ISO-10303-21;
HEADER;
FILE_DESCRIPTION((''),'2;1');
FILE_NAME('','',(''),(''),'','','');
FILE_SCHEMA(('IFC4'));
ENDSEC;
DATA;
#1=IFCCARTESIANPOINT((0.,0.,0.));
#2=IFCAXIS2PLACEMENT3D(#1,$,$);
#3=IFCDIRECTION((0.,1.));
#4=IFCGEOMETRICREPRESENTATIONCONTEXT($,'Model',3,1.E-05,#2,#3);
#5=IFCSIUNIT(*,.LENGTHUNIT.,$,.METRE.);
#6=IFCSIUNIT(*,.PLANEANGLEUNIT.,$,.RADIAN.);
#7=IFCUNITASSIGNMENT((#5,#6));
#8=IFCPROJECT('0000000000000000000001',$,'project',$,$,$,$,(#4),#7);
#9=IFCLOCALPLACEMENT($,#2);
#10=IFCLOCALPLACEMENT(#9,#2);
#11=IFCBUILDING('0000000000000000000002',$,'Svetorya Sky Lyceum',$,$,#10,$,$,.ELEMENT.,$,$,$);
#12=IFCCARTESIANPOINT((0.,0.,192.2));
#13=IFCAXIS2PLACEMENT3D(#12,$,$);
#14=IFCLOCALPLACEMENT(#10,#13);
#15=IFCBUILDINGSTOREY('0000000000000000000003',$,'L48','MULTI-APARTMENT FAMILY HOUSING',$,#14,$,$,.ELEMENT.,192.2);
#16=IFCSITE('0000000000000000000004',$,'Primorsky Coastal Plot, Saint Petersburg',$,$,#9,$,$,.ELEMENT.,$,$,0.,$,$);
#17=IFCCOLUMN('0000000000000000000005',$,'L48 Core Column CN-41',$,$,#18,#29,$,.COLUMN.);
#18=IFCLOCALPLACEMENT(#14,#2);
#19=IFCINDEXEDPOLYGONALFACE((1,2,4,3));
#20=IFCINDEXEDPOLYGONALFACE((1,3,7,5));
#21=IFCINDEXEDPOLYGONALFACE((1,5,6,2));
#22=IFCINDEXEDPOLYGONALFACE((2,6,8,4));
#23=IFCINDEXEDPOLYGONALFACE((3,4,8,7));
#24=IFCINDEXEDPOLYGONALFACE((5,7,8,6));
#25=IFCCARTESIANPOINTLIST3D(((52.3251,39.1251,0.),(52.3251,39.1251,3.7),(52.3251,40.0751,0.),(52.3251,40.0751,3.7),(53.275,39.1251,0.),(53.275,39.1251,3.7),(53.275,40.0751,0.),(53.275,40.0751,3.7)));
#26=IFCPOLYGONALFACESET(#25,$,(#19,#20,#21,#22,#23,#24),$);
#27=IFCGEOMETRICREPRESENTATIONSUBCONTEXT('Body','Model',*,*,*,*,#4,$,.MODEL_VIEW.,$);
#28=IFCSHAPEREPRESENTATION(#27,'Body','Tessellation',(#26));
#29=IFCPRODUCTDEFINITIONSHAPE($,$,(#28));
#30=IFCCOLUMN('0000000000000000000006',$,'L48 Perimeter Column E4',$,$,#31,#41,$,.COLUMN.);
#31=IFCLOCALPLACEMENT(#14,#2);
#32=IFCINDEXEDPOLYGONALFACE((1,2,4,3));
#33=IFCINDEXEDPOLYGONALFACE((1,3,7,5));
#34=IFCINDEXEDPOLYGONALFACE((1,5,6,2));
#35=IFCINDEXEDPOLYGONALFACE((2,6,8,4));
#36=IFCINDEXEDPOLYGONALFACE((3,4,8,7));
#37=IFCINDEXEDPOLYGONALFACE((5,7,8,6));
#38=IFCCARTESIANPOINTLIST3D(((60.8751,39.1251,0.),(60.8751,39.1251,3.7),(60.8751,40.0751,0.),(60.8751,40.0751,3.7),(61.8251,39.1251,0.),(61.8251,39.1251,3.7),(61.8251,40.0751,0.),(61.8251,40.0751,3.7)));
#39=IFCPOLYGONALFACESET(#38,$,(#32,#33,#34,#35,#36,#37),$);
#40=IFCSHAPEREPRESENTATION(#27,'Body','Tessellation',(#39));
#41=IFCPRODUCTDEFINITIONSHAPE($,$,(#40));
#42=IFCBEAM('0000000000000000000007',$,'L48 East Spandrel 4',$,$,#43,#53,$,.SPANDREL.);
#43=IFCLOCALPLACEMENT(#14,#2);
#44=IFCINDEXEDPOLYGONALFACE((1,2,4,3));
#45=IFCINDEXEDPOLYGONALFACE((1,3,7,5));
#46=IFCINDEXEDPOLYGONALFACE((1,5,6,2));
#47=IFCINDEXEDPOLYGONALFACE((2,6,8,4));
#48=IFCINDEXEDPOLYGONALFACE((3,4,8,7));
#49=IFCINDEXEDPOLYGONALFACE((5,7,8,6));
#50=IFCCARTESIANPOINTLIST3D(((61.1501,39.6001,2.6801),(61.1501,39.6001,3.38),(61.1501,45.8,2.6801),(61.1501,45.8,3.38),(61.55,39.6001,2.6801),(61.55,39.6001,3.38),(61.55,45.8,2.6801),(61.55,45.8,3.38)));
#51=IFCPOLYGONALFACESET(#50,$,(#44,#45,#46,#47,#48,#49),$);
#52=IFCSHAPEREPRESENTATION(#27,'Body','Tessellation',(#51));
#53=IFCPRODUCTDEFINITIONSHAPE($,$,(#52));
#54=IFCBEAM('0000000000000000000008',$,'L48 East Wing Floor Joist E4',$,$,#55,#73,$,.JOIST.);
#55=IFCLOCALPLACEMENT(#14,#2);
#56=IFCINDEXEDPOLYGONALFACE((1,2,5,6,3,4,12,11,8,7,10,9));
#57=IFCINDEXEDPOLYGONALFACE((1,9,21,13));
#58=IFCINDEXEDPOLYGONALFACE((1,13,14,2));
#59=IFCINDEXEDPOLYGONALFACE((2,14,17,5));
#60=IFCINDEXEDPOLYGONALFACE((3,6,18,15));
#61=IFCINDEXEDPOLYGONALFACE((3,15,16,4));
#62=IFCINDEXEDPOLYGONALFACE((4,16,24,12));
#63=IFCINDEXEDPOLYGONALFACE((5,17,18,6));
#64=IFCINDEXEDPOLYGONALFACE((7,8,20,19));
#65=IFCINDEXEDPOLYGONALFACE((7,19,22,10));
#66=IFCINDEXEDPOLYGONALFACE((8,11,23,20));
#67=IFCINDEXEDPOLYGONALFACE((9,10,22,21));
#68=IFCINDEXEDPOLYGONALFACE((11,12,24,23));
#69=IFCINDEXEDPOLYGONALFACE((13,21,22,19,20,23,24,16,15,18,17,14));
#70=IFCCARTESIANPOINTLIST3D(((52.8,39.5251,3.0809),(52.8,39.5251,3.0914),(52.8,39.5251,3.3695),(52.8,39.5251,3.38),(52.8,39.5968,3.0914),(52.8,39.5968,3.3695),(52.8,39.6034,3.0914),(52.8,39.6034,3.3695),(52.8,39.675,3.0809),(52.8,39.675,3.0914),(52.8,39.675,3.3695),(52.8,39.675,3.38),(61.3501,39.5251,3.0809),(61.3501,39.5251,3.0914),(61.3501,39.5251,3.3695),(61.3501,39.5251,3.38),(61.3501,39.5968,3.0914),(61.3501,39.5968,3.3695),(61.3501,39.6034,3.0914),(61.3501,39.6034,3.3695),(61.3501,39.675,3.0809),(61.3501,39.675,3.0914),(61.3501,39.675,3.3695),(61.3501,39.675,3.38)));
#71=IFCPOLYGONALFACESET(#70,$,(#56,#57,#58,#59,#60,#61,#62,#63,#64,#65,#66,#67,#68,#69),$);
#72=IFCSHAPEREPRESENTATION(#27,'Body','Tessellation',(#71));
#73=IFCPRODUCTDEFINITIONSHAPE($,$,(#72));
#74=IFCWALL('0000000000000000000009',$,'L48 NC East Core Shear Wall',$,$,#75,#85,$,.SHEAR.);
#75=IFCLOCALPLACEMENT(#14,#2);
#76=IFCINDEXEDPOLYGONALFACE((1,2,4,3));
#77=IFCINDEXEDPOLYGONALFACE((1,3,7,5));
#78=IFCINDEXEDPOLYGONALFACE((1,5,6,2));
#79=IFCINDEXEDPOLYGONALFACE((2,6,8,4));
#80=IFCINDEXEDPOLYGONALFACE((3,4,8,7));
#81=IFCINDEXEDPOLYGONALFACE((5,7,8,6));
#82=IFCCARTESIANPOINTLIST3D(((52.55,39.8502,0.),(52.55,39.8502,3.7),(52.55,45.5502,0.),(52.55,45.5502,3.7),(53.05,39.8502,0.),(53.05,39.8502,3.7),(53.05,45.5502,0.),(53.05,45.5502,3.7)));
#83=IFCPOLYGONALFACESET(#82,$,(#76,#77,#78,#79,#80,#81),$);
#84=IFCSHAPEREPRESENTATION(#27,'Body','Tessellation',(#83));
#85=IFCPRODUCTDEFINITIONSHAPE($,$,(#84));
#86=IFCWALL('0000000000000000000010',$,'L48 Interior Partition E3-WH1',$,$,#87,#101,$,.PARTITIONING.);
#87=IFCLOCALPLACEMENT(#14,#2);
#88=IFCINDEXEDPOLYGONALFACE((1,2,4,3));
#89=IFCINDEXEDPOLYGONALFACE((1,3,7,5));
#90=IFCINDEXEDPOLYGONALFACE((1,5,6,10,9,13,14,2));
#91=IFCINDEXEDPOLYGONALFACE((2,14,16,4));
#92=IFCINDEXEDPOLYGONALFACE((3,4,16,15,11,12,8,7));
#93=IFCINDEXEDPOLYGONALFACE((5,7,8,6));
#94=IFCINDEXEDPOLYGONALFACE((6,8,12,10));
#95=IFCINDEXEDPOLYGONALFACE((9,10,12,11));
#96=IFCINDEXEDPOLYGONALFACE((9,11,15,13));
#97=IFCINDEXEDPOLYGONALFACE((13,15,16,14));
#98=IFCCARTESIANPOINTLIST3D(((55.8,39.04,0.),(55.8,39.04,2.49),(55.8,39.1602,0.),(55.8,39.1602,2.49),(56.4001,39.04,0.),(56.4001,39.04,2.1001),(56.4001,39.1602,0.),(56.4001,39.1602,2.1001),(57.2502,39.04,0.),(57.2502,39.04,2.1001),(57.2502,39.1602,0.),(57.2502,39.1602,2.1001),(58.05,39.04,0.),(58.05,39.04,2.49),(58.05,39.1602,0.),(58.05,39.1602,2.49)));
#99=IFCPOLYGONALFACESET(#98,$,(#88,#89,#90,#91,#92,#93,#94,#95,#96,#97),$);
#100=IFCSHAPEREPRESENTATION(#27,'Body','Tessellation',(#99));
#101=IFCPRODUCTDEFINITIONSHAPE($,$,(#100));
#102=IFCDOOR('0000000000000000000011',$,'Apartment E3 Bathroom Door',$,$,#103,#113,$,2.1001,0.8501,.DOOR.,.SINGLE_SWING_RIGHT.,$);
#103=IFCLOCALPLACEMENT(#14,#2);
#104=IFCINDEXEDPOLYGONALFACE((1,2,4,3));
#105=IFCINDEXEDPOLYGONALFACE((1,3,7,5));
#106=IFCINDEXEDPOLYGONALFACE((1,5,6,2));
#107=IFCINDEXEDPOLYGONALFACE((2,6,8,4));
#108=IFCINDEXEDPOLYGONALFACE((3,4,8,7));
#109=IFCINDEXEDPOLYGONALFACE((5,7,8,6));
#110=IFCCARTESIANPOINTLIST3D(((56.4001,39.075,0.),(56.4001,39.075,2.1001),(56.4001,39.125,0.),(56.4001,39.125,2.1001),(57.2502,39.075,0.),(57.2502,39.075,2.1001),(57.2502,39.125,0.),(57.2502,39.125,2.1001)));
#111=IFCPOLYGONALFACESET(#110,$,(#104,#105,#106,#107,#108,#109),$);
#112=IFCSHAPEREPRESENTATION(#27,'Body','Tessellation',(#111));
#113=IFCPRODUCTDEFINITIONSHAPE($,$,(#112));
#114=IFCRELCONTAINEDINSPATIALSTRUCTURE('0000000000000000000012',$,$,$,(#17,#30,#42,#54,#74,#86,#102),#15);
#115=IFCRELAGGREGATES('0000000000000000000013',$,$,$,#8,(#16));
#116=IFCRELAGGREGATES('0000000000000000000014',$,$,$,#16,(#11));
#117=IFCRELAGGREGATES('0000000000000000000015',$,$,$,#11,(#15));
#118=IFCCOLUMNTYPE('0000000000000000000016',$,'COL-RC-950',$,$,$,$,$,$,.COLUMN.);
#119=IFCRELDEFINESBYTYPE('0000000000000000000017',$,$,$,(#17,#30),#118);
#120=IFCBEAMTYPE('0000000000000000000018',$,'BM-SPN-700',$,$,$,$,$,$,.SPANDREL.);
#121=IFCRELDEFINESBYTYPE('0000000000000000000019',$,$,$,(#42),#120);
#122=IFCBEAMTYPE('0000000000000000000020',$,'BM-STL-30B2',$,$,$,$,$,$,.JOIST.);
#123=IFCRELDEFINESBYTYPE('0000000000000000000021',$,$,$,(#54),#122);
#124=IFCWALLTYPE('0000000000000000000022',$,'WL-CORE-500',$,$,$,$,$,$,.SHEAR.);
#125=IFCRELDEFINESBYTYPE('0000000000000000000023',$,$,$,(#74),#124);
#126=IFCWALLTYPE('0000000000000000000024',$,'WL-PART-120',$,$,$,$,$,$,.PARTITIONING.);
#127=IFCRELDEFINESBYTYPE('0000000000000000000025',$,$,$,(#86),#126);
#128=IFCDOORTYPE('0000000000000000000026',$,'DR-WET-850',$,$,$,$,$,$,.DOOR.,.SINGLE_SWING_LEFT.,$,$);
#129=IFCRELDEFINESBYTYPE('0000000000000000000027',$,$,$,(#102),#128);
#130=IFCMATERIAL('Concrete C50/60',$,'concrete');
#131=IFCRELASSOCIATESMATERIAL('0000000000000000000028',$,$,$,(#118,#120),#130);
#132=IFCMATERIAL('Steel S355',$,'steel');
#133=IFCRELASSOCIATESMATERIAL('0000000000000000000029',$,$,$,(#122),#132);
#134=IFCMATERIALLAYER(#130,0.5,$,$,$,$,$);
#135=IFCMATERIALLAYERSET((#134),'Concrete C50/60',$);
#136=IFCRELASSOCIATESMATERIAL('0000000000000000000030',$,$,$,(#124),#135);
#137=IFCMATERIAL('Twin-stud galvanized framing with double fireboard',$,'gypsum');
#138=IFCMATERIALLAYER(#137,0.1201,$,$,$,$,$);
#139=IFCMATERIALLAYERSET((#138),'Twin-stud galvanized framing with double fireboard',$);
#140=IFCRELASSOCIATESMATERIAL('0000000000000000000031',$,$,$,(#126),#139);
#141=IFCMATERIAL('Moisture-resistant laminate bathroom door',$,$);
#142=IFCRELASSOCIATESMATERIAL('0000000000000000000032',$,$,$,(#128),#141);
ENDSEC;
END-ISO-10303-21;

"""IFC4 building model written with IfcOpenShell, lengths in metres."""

from ifc_helpers import new_model, si_unit, direction, frame, frame_2d, origin, origin_2d, place, context, subcontext, project, spatial, rectangle, i_section, extrude, material, layer, layer_set, material_profile, profile_set, type_object, element, fill, save


model = new_model("IFC4")

# Units and contexts
model_context = context("Model", 3, precision=1e-05, world=origin(), true_north=direction((0.0, 1.0)))
body_context = subcontext(model_context, "Body", "Model", "MODEL_VIEW")
ifc_project = project(units=[si_unit("LENGTHUNIT", "METRE"), si_unit("PLANEANGLEUNIT", "RADIAN")], contexts=[model_context])

# Site, building, storey
site_placement = place(None, origin())
site = spatial("IfcSite", under=ifc_project, at=site_placement, Name="Primorsky Coastal Plot, Saint Petersburg", CompositionType="ELEMENT", RefElevation=0.0)
building_placement = place(site_placement, origin())
building = spatial("IfcBuilding", under=site, at=building_placement, Name="Svetorya Sky Lyceum", CompositionType="ELEMENT")
storey_placement = place(building_placement, frame((0.0, 0.0, 192.2)))
storey = spatial("IfcBuildingStorey", under=building, at=storey_placement, Name="L48", Description="MULTI-APARTMENT FAMILY HOUSING", CompositionType="ELEMENT", Elevation=192.2)

# Columns
ifc_material_1 = material(Name="Concrete C50/60", Category="concrete")
ifc_material_profile_1 = material_profile(ifc_material_1, rectangle(XDim=0.95, YDim=0.95, at=origin_2d()), Name="RC COL 950x950")
ifc_profile_set_1 = profile_set([ifc_material_profile_1], Name="Concrete C50/60")
column_type = type_object("IfcColumnType", Name="COL-RC-950", PredefinedType="COLUMN", material=ifc_profile_set_1)
for number, where, z_axis, x_axis, name in (
    (1, (52.8, 39.6001, 0.0), (0.0, 0.0, 1.0), (1.0, 0.0, 0.0), "L48 Core Column CN-41"),
    (2, (61.3501, 39.6001, 0.0), (0.0, 0.0, 1.0), (1.0, 0.0, 0.0), "L48 Perimeter Column E4"),
):
    element("IfcColumn", number, at=place(storey_placement, frame(where, z_axis=z_axis, x_axis=x_axis)), inside=storey, type_object=column_type, Name=name, PredefinedType="COLUMN", context=body_context, shape_type="SweptSolid", body=[
        extrude(rectangle(XDim=0.95, YDim=0.95, at=origin_2d()), origin(), (0.0, 0.0, 1.0), 3.7),
    ])

# Beams
ifc_material_profile_2 = material_profile(ifc_material_1, rectangle(XDim=0.3999, YDim=0.7, at=origin_2d()), Name="RC SPANDREL 400x700")
ifc_profile_set_2 = profile_set([ifc_material_profile_2], Name="Concrete C50/60")
beam_type_1 = type_object("IfcBeamType", Name="BM-SPN-700", PredefinedType="SPANDREL", material=ifc_profile_set_2)
beam_1_placement = place(storey_placement, frame((61.3501, 39.6001, 3.03), z_axis=(0.0, 1.0, 0.0), x_axis=(-1.0, 0.0, 0.0)))
element("IfcBeam", 3, at=beam_1_placement, inside=storey, type_object=beam_type_1, Name="L48 East Spandrel 4", PredefinedType="SPANDREL", context=body_context, shape_type="SweptSolid", body=[
    extrude(rectangle(XDim=0.3999, YDim=0.7, at=origin_2d()), origin(), (0.0, 0.0, 1.0), 6.2),
])
ifc_material_2 = material(Name="Steel S355", Category="steel")
ifc_material_profile_3 = material_profile(ifc_material_2, i_section(OverallWidth=0.1499, OverallDepth=0.2991, WebThickness=0.0066, FlangeThickness=0.0105, at=origin_2d()), Name="GOST 30B2")
ifc_profile_set_3 = profile_set([ifc_material_profile_3], Name="Steel S355")
beam_type_2 = type_object("IfcBeamType", Name="BM-STL-30B2", PredefinedType="JOIST", material=ifc_profile_set_3)
beam_2_placement = place(storey_placement, frame((52.8, 39.6001, 3.2305), z_axis=(1.0, 0.0, 0.0), x_axis=(0.0, 1.0, 0.0)))
element("IfcBeam", 4, at=beam_2_placement, inside=storey, type_object=beam_type_2, Name="L48 East Wing Floor Joist E4", PredefinedType="JOIST", context=body_context, shape_type="SweptSolid", body=[
    extrude(i_section(OverallWidth=0.1499, OverallDepth=0.2991, WebThickness=0.0066, FlangeThickness=0.0105, at=origin_2d()), origin(), (0.0, 0.0, 1.0), 8.55),
])

# Wall
ifc_layer_1 = layer(ifc_material_1, 0.5)
ifc_layer_set_1 = layer_set([ifc_layer_1], Name="Concrete C50/60")
wall_type_1 = type_object("IfcWallType", Name="WL-CORE-500", PredefinedType="SHEAR", material=ifc_layer_set_1)
wall_1_placement = place(storey_placement, frame((52.8, 39.8501, 0.0), z_axis=(0.0, 0.0, 1.0), x_axis=(0.0, 1.0, 0.0)))
element("IfcWall", 5, at=wall_1_placement, inside=storey, type_object=wall_type_1, Name="L48 NC East Core Shear Wall", PredefinedType="SHEAR", context=body_context, shape_type="SweptSolid", body=[
    extrude(rectangle(XDim=5.7, YDim=0.5, at=frame_2d((2.8501, 0.0))), origin(), (0.0, 0.0, 1.0), 3.7),
])

# Wall, opening, door
ifc_material_3 = material(Name="Twin-stud galvanized framing with double fireboard", Category="gypsum")
ifc_layer_2 = layer(ifc_material_3, 0.1201)
ifc_layer_set_2 = layer_set([ifc_layer_2], Name="Twin-stud galvanized framing with double fireboard")
wall_type_2 = type_object("IfcWallType", Name="WL-PART-120", PredefinedType="PARTITIONING", material=ifc_layer_set_2)
wall_2_placement = place(storey_placement, frame((55.8, 39.1001, 0.0), z_axis=(0.0, 0.0, 1.0), x_axis=(1.0, 0.0, 0.0)))
wall_2 = element("IfcWall", 6, at=wall_2_placement, inside=storey, type_object=wall_type_2, Name="L48 Interior Partition E3-WH1", PredefinedType="PARTITIONING", context=body_context, shape_type="SweptSolid", body=[
    extrude(rectangle(XDim=2.25, YDim=0.1201, at=frame_2d((1.125, 0.0))), origin(), (0.0, 0.0, 1.0), 2.49),
])
opening_1_placement = place(wall_2_placement, frame((0.6001, 0.0, 0.0)))
opening_1 = element("IfcOpeningElement", 7, at=opening_1_placement, cuts=wall_2, PredefinedType="OPENING", context=body_context, shape_type="SweptSolid", body=[
    extrude(rectangle(XDim=0.8501, YDim=2.1001, at=frame_2d((0.425, 1.05))), frame((0.0, 0.0701, 0.0), z_axis=(0.0, -1.0, 0.0), x_axis=(1.0, 0.0, 0.0)), (0.0, 0.0, 1.0), 0.1401),
])
ifc_material_4 = material(Name="Moisture-resistant laminate bathroom door")
door_type_1 = type_object("IfcDoorType", Name="DR-WET-850", OperationType="SINGLE_SWING_LEFT", PredefinedType="DOOR", material=ifc_material_4)
door_1_placement = place(opening_1_placement, origin())
door_1 = element("IfcDoor", 8, at=door_1_placement, inside=storey, type_object=door_type_1, Name="Apartment E3 Bathroom Door", OperationType="SINGLE_SWING_RIGHT", OverallHeight=2.1001, OverallWidth=0.8501, PredefinedType="DOOR", context=body_context, shape_type="SweptSolid", body=[
    extrude(rectangle(XDim=0.8501, YDim=2.1001, at=frame_2d((0.425, 1.05))), frame((0.0, 0.0249, 0.0), z_axis=(0.0, -1.0, 0.0), x_axis=(1.0, 0.0, 0.0)), (0.0, 0.0, 1.0), 0.05),
])
fill(opening_1, door_1)

save(model, "model.ifc")
